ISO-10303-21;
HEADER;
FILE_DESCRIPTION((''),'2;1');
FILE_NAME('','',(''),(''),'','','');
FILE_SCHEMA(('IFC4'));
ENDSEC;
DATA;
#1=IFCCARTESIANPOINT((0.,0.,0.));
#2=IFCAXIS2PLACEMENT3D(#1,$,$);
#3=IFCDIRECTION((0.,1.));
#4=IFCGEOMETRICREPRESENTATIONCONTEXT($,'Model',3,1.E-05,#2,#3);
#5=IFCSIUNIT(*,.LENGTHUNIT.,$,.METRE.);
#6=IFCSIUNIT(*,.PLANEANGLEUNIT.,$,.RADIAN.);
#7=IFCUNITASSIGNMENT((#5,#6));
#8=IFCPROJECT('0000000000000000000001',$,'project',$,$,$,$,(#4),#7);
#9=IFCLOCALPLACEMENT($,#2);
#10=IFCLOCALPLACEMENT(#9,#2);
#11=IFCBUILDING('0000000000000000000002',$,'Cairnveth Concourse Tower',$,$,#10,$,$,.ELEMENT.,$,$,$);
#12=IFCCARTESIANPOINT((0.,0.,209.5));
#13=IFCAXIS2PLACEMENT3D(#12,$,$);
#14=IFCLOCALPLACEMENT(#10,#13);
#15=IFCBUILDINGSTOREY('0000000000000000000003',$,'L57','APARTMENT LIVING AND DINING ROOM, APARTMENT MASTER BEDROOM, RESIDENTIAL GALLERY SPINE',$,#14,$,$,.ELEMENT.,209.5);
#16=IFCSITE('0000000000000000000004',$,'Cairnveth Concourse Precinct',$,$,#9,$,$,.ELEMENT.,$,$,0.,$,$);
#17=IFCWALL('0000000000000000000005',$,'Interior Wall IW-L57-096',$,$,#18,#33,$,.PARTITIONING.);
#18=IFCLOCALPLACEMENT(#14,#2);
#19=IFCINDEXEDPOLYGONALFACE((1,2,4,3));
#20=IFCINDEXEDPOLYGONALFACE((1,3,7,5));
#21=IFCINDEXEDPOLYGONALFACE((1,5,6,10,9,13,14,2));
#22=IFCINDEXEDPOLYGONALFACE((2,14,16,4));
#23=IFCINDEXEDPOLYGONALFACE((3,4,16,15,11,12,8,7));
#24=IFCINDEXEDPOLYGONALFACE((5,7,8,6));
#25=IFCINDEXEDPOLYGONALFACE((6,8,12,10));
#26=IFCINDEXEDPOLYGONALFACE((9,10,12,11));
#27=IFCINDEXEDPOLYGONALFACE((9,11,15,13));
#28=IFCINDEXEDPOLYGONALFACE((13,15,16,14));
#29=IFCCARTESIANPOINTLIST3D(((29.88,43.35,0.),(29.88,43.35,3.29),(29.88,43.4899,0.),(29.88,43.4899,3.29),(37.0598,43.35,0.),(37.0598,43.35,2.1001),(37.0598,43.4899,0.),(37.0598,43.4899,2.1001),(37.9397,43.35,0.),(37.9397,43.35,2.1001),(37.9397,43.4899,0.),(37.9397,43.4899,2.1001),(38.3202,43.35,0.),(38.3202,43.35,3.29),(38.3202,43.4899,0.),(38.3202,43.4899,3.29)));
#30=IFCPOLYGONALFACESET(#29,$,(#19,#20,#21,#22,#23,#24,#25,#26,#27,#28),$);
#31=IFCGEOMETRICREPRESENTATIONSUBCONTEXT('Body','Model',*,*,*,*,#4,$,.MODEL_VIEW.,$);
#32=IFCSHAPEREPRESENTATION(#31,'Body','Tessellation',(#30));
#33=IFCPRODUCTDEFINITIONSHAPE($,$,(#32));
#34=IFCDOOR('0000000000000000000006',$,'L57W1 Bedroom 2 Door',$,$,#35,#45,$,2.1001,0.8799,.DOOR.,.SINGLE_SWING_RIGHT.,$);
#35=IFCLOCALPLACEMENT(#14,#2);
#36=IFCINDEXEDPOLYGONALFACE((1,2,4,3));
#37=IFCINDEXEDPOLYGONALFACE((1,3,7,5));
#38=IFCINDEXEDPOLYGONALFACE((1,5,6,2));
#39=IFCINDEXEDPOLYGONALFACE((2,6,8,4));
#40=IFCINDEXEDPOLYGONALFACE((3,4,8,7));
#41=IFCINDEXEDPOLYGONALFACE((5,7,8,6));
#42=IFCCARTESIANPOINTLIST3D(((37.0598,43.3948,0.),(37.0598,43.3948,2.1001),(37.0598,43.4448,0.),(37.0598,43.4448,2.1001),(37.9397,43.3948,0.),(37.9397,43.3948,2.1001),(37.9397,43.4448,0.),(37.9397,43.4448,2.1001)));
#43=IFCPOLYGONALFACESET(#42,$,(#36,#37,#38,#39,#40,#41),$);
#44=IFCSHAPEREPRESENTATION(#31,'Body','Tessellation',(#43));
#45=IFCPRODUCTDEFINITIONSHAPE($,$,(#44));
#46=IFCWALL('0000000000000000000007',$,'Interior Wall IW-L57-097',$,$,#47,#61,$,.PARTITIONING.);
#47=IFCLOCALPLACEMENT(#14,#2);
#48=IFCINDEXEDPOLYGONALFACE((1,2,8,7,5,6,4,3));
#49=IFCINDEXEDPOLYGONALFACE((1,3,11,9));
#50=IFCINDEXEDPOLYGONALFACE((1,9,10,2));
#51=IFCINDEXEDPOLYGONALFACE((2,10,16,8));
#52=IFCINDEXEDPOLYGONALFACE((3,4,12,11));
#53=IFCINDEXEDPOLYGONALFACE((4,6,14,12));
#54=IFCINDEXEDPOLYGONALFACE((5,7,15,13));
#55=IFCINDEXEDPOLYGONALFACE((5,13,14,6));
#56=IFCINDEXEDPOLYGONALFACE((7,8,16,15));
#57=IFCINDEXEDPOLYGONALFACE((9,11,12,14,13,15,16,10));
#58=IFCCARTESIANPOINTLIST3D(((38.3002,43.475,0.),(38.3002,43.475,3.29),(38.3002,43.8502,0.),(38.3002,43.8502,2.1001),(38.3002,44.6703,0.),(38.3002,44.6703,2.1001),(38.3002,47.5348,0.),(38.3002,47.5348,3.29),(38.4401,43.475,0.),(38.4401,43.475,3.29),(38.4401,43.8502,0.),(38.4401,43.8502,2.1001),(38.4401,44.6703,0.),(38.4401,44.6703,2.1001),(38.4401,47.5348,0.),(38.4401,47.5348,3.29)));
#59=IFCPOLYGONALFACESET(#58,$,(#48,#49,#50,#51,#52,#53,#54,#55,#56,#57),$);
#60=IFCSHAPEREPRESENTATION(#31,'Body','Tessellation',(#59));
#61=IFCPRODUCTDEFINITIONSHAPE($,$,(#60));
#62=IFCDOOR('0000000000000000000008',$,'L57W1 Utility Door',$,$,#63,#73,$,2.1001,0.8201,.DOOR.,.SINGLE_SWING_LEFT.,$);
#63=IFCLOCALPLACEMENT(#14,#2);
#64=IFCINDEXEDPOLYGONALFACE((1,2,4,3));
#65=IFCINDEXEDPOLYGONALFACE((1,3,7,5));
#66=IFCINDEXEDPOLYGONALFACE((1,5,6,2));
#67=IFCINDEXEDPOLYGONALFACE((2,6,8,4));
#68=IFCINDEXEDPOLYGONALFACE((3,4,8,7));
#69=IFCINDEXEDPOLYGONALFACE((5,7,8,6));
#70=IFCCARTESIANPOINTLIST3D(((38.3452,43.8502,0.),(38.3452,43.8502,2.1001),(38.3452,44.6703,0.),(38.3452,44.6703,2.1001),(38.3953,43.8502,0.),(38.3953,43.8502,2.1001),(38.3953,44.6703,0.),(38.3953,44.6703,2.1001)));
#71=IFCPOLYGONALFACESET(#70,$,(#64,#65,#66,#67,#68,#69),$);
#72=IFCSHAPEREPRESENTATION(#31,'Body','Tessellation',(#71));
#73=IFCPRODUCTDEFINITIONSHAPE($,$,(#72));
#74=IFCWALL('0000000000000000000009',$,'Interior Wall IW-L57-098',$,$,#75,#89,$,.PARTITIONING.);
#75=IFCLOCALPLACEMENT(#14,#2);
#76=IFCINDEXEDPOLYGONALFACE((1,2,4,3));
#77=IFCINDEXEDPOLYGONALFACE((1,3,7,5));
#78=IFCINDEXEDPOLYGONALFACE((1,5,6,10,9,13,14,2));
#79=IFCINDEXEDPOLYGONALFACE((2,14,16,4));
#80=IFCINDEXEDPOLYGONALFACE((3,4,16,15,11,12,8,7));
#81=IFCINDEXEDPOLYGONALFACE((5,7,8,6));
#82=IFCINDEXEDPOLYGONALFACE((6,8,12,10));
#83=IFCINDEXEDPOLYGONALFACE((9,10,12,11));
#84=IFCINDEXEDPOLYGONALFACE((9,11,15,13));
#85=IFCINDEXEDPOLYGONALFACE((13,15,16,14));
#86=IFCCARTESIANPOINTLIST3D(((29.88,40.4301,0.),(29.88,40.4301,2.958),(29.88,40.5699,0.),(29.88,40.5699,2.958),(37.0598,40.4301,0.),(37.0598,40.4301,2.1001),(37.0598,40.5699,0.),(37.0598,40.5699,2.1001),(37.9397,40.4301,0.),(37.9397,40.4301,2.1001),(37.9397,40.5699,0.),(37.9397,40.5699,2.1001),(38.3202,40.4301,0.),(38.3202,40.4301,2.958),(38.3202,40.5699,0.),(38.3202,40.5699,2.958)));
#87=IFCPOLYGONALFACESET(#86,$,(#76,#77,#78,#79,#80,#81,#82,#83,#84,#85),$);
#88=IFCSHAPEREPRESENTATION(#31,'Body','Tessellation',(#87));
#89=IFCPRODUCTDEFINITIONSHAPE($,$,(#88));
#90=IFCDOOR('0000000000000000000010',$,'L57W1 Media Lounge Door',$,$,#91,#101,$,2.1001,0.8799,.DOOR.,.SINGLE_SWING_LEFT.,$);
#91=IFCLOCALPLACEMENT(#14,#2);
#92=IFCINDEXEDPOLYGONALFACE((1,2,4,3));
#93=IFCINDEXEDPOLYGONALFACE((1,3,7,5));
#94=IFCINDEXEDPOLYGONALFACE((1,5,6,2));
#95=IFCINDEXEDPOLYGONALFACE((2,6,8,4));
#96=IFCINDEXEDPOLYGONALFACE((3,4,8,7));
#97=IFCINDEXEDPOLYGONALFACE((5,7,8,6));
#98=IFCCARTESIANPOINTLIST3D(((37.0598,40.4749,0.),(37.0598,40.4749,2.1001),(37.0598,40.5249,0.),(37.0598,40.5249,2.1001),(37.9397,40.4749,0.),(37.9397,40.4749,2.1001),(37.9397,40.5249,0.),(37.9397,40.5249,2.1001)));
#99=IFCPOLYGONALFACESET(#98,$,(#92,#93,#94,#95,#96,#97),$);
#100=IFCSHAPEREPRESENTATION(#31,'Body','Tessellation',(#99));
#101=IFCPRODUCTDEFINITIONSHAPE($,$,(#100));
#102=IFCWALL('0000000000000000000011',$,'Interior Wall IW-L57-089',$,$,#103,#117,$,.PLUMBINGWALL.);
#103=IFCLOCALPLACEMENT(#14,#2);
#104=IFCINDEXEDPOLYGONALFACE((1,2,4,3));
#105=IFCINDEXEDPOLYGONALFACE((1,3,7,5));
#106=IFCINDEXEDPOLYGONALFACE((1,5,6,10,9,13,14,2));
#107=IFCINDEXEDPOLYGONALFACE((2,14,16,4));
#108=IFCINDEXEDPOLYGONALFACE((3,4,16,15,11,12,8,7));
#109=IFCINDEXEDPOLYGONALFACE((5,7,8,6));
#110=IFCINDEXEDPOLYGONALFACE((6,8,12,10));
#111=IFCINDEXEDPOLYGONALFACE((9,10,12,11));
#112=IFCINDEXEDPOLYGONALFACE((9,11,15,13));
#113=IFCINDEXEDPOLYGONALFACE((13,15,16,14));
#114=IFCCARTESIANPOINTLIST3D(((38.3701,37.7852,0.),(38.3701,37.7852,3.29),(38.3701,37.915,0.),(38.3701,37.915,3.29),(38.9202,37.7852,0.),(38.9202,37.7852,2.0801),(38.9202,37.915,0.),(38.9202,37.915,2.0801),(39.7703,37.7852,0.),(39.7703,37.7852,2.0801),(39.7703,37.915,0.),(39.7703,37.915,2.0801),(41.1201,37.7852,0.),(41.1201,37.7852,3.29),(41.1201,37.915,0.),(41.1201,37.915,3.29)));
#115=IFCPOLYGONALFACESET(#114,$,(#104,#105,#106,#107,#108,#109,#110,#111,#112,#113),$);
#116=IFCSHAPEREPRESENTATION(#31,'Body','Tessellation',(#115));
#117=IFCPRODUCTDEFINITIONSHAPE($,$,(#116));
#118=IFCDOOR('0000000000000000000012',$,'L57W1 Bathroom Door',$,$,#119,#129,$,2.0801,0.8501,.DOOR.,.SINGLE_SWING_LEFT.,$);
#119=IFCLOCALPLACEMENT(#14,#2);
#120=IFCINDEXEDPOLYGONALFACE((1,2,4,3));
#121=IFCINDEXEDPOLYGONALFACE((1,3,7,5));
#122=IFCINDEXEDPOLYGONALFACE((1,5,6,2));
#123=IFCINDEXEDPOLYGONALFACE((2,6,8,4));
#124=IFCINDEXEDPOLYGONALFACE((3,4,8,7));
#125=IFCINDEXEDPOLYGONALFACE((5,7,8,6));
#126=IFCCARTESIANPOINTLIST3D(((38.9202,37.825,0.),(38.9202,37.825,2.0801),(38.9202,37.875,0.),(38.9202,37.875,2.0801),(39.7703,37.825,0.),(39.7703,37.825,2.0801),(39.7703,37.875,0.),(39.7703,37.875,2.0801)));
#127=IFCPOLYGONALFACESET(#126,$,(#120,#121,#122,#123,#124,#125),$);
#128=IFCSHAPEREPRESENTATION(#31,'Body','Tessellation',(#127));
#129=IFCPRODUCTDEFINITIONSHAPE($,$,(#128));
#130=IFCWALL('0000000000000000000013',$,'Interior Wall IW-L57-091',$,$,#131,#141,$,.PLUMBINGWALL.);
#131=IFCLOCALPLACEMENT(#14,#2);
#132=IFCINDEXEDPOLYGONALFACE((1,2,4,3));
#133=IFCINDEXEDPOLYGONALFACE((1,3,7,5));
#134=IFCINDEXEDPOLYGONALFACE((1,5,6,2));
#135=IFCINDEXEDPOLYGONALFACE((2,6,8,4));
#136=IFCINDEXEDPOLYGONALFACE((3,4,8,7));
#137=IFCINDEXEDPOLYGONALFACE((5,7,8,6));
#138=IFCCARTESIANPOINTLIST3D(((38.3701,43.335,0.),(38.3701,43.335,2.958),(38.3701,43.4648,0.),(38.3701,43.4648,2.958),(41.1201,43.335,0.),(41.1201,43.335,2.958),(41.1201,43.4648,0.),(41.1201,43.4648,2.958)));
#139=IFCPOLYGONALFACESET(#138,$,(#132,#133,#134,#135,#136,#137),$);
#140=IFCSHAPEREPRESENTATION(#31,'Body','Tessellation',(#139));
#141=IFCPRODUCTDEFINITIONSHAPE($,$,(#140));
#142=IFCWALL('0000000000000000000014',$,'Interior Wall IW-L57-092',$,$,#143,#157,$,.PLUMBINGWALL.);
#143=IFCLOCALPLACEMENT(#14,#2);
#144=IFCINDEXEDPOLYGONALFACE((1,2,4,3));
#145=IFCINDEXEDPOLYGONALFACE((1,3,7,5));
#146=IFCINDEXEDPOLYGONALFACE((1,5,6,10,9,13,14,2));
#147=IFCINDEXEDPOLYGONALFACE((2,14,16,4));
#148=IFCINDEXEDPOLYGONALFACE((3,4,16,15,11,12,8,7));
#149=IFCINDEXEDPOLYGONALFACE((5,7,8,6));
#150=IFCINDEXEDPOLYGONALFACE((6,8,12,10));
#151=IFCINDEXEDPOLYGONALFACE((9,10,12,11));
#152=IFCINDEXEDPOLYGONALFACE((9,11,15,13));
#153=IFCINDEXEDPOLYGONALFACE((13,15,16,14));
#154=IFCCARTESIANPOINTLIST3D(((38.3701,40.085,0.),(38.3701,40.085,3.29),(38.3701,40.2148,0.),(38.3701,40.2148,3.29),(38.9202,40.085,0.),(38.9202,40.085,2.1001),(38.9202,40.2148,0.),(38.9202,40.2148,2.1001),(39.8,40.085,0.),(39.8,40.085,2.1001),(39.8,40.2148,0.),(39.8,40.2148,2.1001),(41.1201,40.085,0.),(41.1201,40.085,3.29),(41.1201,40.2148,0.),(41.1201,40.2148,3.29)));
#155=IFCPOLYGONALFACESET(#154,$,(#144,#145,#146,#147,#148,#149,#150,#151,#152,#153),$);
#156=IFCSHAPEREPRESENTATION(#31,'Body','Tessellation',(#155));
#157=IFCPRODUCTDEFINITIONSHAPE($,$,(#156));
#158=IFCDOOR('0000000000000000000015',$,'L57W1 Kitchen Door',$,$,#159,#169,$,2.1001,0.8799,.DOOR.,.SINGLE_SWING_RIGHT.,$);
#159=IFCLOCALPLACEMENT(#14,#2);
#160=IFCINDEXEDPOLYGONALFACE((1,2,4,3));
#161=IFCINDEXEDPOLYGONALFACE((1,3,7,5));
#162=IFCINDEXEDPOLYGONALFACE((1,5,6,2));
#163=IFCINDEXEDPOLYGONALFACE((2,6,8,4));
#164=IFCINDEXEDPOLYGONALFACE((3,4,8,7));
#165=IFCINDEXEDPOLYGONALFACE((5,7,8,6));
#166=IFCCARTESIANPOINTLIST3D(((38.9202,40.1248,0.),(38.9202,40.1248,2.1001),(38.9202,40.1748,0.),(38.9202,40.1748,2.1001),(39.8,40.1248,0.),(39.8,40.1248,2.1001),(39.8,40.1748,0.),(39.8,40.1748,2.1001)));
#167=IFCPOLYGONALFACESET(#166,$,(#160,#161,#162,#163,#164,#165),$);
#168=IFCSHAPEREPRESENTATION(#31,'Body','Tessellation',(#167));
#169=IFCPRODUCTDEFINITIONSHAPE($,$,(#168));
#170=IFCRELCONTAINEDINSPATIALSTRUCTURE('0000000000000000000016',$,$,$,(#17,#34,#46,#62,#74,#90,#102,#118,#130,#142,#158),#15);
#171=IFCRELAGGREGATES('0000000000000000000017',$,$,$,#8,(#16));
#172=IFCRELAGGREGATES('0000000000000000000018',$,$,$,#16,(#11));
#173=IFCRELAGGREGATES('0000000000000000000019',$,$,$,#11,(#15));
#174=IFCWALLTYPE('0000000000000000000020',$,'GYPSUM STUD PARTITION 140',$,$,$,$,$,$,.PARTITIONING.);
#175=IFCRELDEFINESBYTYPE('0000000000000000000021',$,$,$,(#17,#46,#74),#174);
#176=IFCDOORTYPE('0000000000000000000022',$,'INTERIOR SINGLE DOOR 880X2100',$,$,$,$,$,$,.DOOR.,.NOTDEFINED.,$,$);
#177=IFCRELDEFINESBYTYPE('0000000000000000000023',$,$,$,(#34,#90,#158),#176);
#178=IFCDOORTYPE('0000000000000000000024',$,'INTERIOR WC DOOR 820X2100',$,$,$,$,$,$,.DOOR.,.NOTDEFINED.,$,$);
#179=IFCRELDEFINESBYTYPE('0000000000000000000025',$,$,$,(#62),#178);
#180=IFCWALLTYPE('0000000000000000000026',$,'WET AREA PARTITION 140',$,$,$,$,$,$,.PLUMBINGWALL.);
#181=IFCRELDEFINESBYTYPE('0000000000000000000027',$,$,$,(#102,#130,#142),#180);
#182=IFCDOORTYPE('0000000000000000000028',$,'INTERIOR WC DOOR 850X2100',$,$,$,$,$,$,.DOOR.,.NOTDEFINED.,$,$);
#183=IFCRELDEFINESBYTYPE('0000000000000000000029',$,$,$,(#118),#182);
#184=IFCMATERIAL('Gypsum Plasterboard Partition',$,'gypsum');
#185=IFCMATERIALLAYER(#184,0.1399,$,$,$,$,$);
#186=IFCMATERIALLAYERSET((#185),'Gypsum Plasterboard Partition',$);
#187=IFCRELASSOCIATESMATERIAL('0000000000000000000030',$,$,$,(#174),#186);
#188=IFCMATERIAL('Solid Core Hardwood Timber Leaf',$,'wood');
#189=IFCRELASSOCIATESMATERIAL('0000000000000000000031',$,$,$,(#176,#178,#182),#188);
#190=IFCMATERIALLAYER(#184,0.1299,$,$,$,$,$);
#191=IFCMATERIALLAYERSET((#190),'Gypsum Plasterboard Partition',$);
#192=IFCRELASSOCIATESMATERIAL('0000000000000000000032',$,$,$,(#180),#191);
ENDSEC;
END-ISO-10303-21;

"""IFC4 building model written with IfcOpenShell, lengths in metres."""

from ifc_helpers import new_model, si_unit, direction, frame, frame_2d, origin, place, context, subcontext, project, spatial, rectangle, extrude, material, layer, layer_set, type_object, element, fill, save


model = new_model("IFC4")

# Units and contexts
model_context = context("Model", 3, precision=1e-05, world=origin(), true_north=direction((0.0, 1.0)))
body_context = subcontext(model_context, "Body", "Model", "MODEL_VIEW")
ifc_project = project(units=[si_unit("LENGTHUNIT", "METRE"), si_unit("PLANEANGLEUNIT", "RADIAN")], contexts=[model_context])

# Site, building, storey
site_placement = place(None, origin())
site = spatial("IfcSite", under=ifc_project, at=site_placement, Name="Cairnveth Concourse Precinct", CompositionType="ELEMENT", RefElevation=0.0)
building_placement = place(site_placement, origin())
building = spatial("IfcBuilding", under=site, at=building_placement, Name="Cairnveth Concourse Tower", CompositionType="ELEMENT")
storey_placement = place(building_placement, frame((0.0, 0.0, 209.5)))
storey = spatial("IfcBuildingStorey", under=building, at=storey_placement, Name="L57", Description="APARTMENT LIVING AND DINING ROOM, APARTMENT MASTER BEDROOM, RESIDENTIAL GALLERY SPINE", CompositionType="ELEMENT", Elevation=209.5)

# Walls, openings, doors
ifc_material_1 = material(Name="Gypsum Plasterboard Partition", Category="gypsum")
ifc_layer_1 = layer(ifc_material_1, 0.1399)
ifc_layer_set_1 = layer_set([ifc_layer_1], Name="Gypsum Plasterboard Partition")
wall_type_1 = type_object("IfcWallType", Name="GYPSUM STUD PARTITION 140", PredefinedType="PARTITIONING", material=ifc_layer_set_1)
wall_1_placement = place(storey_placement, frame((29.8799, 43.4199, 0.0), z_axis=(0.0, 0.0, 1.0), x_axis=(1.0, 0.0, 0.0)))
wall_1 = element("IfcWall", 1, at=wall_1_placement, inside=storey, type_object=wall_type_1, Name="Interior Wall IW-L57-096", PredefinedType="PARTITIONING", context=body_context, shape_type="SweptSolid", body=[
    extrude(rectangle(XDim=8.4402, YDim=0.1399, at=frame_2d((4.2202, 0.0))), origin(), (0.0, 0.0, 1.0), 3.29),
])
opening_1_placement = place(wall_1_placement, frame((7.1799, 0.0, 0.0)))
opening_1 = element("IfcOpeningElement", 2, at=opening_1_placement, cuts=wall_1, PredefinedType="OPENING", context=body_context, shape_type="SweptSolid", body=[
    extrude(rectangle(XDim=0.8799, YDim=2.1001, at=frame_2d((0.4399, 1.05))), frame((0.0, 0.0798, 0.0), z_axis=(0.0, -1.0, 0.0), x_axis=(1.0, 0.0, 0.0)), (0.0, 0.0, 1.0), 0.1599),
])
ifc_material_2 = material(Name="Solid Core Hardwood Timber Leaf", Category="wood")
door_type_1 = type_object("IfcDoorType", Name="INTERIOR SINGLE DOOR 880X2100", OperationType="NOTDEFINED", PredefinedType="DOOR", material=ifc_material_2)
door_1_placement = place(opening_1_placement, origin())
door_1 = element("IfcDoor", 3, at=door_1_placement, inside=storey, type_object=door_type_1, Name="L57W1 Bedroom 2 Door", OperationType="SINGLE_SWING_RIGHT", OverallHeight=2.1001, OverallWidth=0.8799, PredefinedType="DOOR", context=body_context, shape_type="SweptSolid", body=[
    extrude(rectangle(XDim=0.8799, YDim=2.1001, at=frame_2d((0.4399, 1.05))), frame((0.0, 0.0249, 0.0), z_axis=(0.0, -1.0, 0.0), x_axis=(1.0, 0.0, 0.0)), (0.0, 0.0, 1.0), 0.05),
])
fill(opening_1, door_1)
wall_2_placement = place(storey_placement, frame((38.3701, 43.4751, 0.0), z_axis=(0.0, 0.0, 1.0), x_axis=(0.0, 1.0, 0.0)))
wall_2 = element("IfcWall", 4, at=wall_2_placement, inside=storey, type_object=wall_type_1, Name="Interior Wall IW-L57-097", PredefinedType="PARTITIONING", context=body_context, shape_type="SweptSolid", body=[
    extrude(rectangle(XDim=4.0598, YDim=0.1399, at=frame_2d((2.0298, 0.0))), origin(), (0.0, 0.0, 1.0), 3.29),
])
opening_2_placement = place(wall_2_placement, frame((0.375, 0.0, 0.0)))
opening_2 = element("IfcOpeningElement", 5, at=opening_2_placement, cuts=wall_2, PredefinedType="OPENING", context=body_context, shape_type="SweptSolid", body=[
    extrude(rectangle(XDim=0.8201, YDim=2.1001, at=frame_2d((0.4102, 1.05))), frame((0.0, 0.0798, 0.0), z_axis=(0.0, -1.0, 0.0), x_axis=(1.0, 0.0, 0.0)), (0.0, 0.0, 1.0), 0.1599),
])
door_type_2 = type_object("IfcDoorType", Name="INTERIOR WC DOOR 820X2100", OperationType="NOTDEFINED", PredefinedType="DOOR", material=ifc_material_2)
door_2_placement = place(opening_2_placement, origin())
door_2 = element("IfcDoor", 6, at=door_2_placement, inside=storey, type_object=door_type_2, Name="L57W1 Utility Door", OperationType="SINGLE_SWING_LEFT", OverallHeight=2.1001, OverallWidth=0.8201, PredefinedType="DOOR", context=body_context, shape_type="SweptSolid", body=[
    extrude(rectangle(XDim=0.8201, YDim=2.1001, at=frame_2d((0.4102, 1.05))), frame((0.0, 0.0249, 0.0), z_axis=(0.0, -1.0, 0.0), x_axis=(1.0, 0.0, 0.0)), (0.0, 0.0, 1.0), 0.05),
])
fill(opening_2, door_2)
wall_3_placement = place(storey_placement, frame((29.8799, 40.5, 0.0), z_axis=(0.0, 0.0, 1.0), x_axis=(1.0, 0.0, 0.0)))
wall_3 = element("IfcWall", 7, at=wall_3_placement, inside=storey, type_object=wall_type_1, Name="Interior Wall IW-L57-098", PredefinedType="PARTITIONING", context=body_context, shape_type="SweptSolid", body=[
    extrude(rectangle(XDim=8.4402, YDim=0.1399, at=frame_2d((4.2202, 0.0))), origin(), (0.0, 0.0, 1.0), 2.958),
])
opening_3_placement = place(wall_3_placement, frame((7.1799, 0.0, 0.0)))
opening_3 = element("IfcOpeningElement", 8, at=opening_3_placement, cuts=wall_3, PredefinedType="OPENING", context=body_context, shape_type="SweptSolid", body=[
    extrude(rectangle(XDim=0.8799, YDim=2.1001, at=frame_2d((0.4399, 1.05))), frame((0.0, 0.0798, 0.0), z_axis=(0.0, -1.0, 0.0), x_axis=(1.0, 0.0, 0.0)), (0.0, 0.0, 1.0), 0.1599),
])
door_3_placement = place(opening_3_placement, origin())
door_3 = element("IfcDoor", 9, at=door_3_placement, inside=storey, type_object=door_type_1, Name="L57W1 Media Lounge Door", OperationType="SINGLE_SWING_LEFT", OverallHeight=2.1001, OverallWidth=0.8799, PredefinedType="DOOR", context=body_context, shape_type="SweptSolid", body=[
    extrude(rectangle(XDim=0.8799, YDim=2.1001, at=frame_2d((0.4399, 1.05))), frame((0.0, 0.0249, 0.0), z_axis=(0.0, -1.0, 0.0), x_axis=(1.0, 0.0, 0.0)), (0.0, 0.0, 1.0), 0.05),
])
fill(opening_3, door_3)
ifc_layer_2 = layer(ifc_material_1, 0.1299)
ifc_layer_set_2 = layer_set([ifc_layer_2], Name="Gypsum Plasterboard Partition")
wall_type_2 = type_object("IfcWallType", Name="WET AREA PARTITION 140", PredefinedType="PLUMBINGWALL", material=ifc_layer_set_2)
wall_4_placement = place(storey_placement, frame((38.3701, 37.8501, 0.0), z_axis=(0.0, 0.0, 1.0), x_axis=(1.0, 0.0, 0.0)))
wall_4 = element("IfcWall", 10, at=wall_4_placement, inside=storey, type_object=wall_type_2, Name="Interior Wall IW-L57-089", PredefinedType="PLUMBINGWALL", context=body_context, shape_type="SweptSolid", body=[
    extrude(rectangle(XDim=2.75, YDim=0.1299, at=frame_2d((1.375, 0.0))), origin(), (0.0, 0.0, 1.0), 3.29),
])
opening_4_placement = place(wall_4_placement, frame((0.55, 0.0, 0.0)))
opening_4 = element("IfcOpeningElement", 11, at=opening_4_placement, cuts=wall_4, PredefinedType="OPENING", context=body_context, shape_type="SweptSolid", body=[
    extrude(rectangle(XDim=0.8501, YDim=2.0801, at=frame_2d((0.425, 1.04))), frame((0.0, 0.075, 0.0), z_axis=(0.0, -1.0, 0.0), x_axis=(1.0, 0.0, 0.0)), (0.0, 0.0, 1.0), 0.1499),
])
door_type_3 = type_object("IfcDoorType", Name="INTERIOR WC DOOR 850X2100", OperationType="NOTDEFINED", PredefinedType="DOOR", material=ifc_material_2)
door_4_placement = place(opening_4_placement, origin())
door_4 = element("IfcDoor", 12, at=door_4_placement, inside=storey, type_object=door_type_3, Name="L57W1 Bathroom Door", OperationType="SINGLE_SWING_LEFT", OverallHeight=2.0801, OverallWidth=0.8501, PredefinedType="DOOR", context=body_context, shape_type="SweptSolid", body=[
    extrude(rectangle(XDim=0.8501, YDim=2.0801, at=frame_2d((0.425, 1.04))), frame((0.0, 0.0249, 0.0), z_axis=(0.0, -1.0, 0.0), x_axis=(1.0, 0.0, 0.0)), (0.0, 0.0, 1.0), 0.05),
])
fill(opening_4, door_4)

# Wall
wall_5_placement = place(storey_placement, frame((38.3701, 43.3999, 0.0), z_axis=(0.0, 0.0, 1.0), x_axis=(1.0, 0.0, 0.0)))
element("IfcWall", 13, at=wall_5_placement, inside=storey, type_object=wall_type_2, Name="Interior Wall IW-L57-091", PredefinedType="PLUMBINGWALL", context=body_context, shape_type="SweptSolid", body=[
    extrude(rectangle(XDim=2.75, YDim=0.1299, at=frame_2d((1.375, 0.0))), origin(), (0.0, 0.0, 1.0), 2.958),
])

# Wall, opening, door
wall_6_placement = place(storey_placement, frame((38.3701, 40.1499, 0.0), z_axis=(0.0, 0.0, 1.0), x_axis=(1.0, 0.0, 0.0)))
wall_6 = element("IfcWall", 14, at=wall_6_placement, inside=storey, type_object=wall_type_2, Name="Interior Wall IW-L57-092", PredefinedType="PLUMBINGWALL", context=body_context, shape_type="SweptSolid", body=[
    extrude(rectangle(XDim=2.75, YDim=0.1299, at=frame_2d((1.375, 0.0))), origin(), (0.0, 0.0, 1.0), 3.29),
])
opening_5_placement = place(wall_6_placement, frame((0.55, 0.0, 0.0)))
opening_5 = element("IfcOpeningElement", 15, at=opening_5_placement, cuts=wall_6, PredefinedType="OPENING", context=body_context, shape_type="SweptSolid", body=[
    extrude(rectangle(XDim=0.8799, YDim=2.1001, at=frame_2d((0.4399, 1.05))), frame((0.0, 0.075, 0.0), z_axis=(0.0, -1.0, 0.0), x_axis=(1.0, 0.0, 0.0)), (0.0, 0.0, 1.0), 0.1499),
])
door_5_placement = place(opening_5_placement, origin())
door_5 = element("IfcDoor", 16, at=door_5_placement, inside=storey, type_object=door_type_1, Name="L57W1 Kitchen Door", OperationType="SINGLE_SWING_RIGHT", OverallHeight=2.1001, OverallWidth=0.8799, PredefinedType="DOOR", context=body_context, shape_type="SweptSolid", body=[
    extrude(rectangle(XDim=0.8799, YDim=2.1001, at=frame_2d((0.4399, 1.05))), frame((0.0, 0.0249, 0.0), z_axis=(0.0, -1.0, 0.0), x_axis=(1.0, 0.0, 0.0)), (0.0, 0.0, 1.0), 0.05),
])
fill(opening_5, door_5)

save(model, "model.ifc")
